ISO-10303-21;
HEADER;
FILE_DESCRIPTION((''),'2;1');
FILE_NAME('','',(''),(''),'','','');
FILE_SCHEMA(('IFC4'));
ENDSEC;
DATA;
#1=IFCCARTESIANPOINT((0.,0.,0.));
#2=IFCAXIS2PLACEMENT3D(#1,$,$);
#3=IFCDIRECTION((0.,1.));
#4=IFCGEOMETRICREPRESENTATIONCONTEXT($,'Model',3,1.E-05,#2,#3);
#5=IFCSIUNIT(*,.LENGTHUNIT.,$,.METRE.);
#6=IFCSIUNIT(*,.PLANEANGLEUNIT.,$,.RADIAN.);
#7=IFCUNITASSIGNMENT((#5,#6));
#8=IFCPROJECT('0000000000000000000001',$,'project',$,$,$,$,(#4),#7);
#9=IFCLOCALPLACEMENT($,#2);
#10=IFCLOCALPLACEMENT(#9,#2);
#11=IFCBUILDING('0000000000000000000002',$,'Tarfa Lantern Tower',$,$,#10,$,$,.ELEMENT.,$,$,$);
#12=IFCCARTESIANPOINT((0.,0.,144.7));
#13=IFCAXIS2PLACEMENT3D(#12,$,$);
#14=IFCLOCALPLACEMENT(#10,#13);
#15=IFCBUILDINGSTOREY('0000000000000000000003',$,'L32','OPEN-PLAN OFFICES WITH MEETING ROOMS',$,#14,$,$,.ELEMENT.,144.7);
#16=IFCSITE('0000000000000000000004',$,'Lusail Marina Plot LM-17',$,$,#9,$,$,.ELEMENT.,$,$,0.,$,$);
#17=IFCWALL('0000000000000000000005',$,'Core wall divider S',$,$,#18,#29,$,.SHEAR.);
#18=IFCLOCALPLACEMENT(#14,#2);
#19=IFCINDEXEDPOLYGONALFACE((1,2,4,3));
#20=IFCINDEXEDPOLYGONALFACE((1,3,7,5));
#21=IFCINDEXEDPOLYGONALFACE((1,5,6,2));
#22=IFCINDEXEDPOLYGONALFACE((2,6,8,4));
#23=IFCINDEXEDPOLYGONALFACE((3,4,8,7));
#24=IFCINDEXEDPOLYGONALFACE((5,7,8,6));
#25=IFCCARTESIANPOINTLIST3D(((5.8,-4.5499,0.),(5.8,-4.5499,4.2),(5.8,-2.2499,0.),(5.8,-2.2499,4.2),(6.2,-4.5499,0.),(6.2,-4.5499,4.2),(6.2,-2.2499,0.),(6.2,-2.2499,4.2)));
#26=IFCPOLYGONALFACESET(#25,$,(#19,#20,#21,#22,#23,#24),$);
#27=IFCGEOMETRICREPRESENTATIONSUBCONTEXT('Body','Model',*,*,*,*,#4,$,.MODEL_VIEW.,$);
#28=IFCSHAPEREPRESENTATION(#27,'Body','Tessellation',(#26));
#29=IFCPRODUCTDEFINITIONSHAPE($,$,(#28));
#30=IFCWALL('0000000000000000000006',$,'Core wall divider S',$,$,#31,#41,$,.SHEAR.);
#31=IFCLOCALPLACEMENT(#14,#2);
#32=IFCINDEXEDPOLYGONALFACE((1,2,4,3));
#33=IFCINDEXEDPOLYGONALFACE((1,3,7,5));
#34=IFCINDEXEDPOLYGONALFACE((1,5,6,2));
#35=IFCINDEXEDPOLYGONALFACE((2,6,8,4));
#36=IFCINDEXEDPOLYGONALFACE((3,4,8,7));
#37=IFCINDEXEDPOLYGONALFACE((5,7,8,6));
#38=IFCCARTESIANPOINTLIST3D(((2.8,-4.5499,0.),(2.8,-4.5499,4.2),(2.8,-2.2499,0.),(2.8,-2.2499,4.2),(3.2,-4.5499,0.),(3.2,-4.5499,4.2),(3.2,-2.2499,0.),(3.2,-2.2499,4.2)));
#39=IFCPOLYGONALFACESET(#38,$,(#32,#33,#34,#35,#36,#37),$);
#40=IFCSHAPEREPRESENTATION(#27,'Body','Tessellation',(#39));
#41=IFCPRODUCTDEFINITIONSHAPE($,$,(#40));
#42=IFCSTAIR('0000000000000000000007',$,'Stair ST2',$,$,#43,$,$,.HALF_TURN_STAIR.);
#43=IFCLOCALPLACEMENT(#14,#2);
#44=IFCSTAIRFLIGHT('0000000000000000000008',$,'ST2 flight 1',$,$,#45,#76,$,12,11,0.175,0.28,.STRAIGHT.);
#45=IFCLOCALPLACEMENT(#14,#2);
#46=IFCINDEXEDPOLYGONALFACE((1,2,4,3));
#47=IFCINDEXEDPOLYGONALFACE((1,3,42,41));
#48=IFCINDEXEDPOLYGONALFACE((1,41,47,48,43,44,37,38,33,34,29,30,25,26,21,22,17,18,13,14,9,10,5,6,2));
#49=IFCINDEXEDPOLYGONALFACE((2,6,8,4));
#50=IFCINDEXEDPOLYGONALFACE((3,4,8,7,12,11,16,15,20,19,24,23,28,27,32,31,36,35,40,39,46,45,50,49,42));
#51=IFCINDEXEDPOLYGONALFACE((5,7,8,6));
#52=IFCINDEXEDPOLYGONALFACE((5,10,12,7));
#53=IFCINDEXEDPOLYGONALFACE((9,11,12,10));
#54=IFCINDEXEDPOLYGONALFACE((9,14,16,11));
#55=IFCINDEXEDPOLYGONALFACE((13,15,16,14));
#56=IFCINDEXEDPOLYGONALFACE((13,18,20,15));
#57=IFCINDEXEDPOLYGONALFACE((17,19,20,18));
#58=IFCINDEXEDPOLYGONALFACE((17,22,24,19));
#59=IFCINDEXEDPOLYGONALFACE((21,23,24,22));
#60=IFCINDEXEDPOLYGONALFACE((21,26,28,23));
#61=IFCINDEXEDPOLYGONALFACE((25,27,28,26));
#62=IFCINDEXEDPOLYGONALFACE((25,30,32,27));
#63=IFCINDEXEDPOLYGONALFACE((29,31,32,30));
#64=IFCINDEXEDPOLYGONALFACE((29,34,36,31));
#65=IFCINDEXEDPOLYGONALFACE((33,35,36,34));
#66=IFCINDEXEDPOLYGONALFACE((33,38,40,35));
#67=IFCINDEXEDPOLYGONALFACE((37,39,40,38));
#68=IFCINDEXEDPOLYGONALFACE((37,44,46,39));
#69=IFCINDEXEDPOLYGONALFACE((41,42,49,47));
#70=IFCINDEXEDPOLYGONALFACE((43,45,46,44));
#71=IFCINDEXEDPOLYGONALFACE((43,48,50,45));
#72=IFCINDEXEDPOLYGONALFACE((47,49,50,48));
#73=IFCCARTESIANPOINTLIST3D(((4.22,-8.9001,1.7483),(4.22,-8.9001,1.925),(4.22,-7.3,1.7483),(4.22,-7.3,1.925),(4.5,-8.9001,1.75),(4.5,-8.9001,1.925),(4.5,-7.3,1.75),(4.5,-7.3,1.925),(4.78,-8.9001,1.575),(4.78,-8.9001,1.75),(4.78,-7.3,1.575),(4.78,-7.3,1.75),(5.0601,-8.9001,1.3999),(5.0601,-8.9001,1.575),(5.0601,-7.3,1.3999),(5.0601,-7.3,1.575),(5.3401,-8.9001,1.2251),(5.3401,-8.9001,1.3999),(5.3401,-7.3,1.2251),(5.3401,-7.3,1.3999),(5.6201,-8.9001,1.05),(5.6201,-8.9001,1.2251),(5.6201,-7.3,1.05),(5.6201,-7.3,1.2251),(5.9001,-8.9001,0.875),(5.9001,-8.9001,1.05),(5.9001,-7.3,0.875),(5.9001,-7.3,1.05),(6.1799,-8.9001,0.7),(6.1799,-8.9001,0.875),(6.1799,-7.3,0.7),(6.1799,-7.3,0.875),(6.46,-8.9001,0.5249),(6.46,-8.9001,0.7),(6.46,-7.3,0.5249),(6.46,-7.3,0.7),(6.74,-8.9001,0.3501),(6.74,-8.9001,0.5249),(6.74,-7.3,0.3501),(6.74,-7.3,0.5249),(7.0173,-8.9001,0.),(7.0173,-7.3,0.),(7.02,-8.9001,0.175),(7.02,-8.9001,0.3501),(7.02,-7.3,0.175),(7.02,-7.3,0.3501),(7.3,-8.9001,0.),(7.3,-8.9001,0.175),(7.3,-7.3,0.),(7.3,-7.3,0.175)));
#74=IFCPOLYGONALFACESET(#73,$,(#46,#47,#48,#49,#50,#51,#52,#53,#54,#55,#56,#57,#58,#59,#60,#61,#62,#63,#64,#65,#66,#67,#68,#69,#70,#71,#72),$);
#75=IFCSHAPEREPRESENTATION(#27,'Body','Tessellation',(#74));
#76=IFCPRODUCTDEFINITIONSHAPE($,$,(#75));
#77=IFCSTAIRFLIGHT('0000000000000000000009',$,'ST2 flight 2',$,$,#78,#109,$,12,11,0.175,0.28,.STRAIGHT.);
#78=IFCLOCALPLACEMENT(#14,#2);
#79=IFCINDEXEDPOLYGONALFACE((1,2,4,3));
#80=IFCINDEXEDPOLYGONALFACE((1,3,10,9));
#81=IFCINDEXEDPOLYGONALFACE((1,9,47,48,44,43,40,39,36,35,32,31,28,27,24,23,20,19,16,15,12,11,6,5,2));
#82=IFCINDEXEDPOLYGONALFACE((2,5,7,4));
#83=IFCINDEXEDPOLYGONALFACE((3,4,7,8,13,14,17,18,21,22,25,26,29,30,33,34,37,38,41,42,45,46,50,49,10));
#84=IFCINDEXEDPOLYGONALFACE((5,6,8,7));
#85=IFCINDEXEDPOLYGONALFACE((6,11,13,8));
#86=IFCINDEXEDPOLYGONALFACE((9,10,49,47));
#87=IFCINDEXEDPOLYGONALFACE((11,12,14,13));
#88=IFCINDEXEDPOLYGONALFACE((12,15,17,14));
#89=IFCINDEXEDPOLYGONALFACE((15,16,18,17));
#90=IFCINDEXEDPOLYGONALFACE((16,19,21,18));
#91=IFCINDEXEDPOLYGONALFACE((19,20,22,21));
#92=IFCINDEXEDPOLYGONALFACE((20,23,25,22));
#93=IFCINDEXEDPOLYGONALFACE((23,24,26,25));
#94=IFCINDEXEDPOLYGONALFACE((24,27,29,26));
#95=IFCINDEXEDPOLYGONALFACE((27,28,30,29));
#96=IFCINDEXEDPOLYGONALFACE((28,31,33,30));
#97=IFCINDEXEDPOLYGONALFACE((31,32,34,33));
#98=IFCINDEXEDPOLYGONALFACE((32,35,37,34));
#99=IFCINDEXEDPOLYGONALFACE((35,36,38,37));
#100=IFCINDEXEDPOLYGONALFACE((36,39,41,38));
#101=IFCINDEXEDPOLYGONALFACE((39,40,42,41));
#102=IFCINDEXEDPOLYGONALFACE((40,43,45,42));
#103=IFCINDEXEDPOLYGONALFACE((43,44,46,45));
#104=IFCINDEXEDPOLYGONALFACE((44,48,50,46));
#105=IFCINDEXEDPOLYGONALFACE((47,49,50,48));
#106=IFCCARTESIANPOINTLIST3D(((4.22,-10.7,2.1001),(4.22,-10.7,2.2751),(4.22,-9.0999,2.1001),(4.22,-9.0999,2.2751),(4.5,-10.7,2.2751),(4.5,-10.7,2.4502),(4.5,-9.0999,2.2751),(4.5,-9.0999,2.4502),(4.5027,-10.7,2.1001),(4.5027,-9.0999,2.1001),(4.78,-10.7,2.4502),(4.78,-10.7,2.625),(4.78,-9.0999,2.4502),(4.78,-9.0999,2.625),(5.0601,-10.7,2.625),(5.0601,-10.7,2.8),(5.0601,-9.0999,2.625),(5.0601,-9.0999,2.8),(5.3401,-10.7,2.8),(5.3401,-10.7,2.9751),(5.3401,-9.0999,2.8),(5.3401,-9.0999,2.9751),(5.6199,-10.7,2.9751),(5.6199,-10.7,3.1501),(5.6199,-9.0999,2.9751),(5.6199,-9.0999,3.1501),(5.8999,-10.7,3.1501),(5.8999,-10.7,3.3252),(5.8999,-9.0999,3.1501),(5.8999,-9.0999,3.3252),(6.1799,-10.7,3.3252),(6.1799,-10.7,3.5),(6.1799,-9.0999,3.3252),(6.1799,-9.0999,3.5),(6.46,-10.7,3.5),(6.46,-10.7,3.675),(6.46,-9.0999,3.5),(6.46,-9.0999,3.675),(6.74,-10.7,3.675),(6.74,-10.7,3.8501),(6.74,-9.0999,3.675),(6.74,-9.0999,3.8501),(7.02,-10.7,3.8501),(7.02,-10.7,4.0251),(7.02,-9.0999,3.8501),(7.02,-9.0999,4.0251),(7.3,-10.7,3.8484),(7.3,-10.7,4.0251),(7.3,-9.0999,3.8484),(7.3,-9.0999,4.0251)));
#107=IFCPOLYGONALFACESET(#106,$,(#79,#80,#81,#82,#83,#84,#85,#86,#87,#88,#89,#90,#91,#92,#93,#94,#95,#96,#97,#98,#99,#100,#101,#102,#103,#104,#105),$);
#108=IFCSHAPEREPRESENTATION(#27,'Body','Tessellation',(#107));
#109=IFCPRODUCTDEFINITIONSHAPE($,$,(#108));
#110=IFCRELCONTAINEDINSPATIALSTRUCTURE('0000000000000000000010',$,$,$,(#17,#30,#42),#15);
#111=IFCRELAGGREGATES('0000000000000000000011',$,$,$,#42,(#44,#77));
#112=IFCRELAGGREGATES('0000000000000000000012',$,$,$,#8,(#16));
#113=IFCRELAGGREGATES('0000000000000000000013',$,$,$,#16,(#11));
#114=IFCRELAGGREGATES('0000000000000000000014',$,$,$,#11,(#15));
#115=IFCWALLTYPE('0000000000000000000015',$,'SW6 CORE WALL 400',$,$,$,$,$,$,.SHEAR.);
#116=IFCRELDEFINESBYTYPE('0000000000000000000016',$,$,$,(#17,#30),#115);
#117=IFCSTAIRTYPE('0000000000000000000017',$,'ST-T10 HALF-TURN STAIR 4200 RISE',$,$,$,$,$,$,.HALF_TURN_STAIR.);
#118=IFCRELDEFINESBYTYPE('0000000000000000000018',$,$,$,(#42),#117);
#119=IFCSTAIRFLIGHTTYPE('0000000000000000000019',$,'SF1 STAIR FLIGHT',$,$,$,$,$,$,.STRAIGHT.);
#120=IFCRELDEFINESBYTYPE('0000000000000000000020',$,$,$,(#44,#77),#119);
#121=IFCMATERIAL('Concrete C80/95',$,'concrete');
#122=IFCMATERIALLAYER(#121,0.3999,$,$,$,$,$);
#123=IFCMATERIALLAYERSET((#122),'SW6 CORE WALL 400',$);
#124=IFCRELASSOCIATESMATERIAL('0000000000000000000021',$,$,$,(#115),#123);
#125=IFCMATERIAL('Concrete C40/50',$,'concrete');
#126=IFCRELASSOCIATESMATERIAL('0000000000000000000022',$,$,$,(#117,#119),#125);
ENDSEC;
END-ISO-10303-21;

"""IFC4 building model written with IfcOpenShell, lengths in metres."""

from ifc_helpers import new_model, si_unit, direction, frame, frame_2d, origin, place, context, subcontext, project, spatial, polyline, rectangle, outline, extrude, material, layer, layer_set, type_object, element, aggregate, save


model = new_model("IFC4")

# Units and contexts
model_context = context("Model", 3, precision=1e-05, world=origin(), true_north=direction((0.0, 1.0)))
body_context = subcontext(model_context, "Body", "Model", "MODEL_VIEW")
ifc_project = project(units=[si_unit("LENGTHUNIT", "METRE"), si_unit("PLANEANGLEUNIT", "RADIAN")], contexts=[model_context])

# Site, building, storey
site_placement = place(None, origin())
site = spatial("IfcSite", under=ifc_project, at=site_placement, Name="Lusail Marina Plot LM-17", CompositionType="ELEMENT", RefElevation=0.0)
building_placement = place(site_placement, origin())
building = spatial("IfcBuilding", under=site, at=building_placement, Name="Tarfa Lantern Tower", CompositionType="ELEMENT")
storey_placement = place(building_placement, frame((0.0, 0.0, 144.7)))
storey = spatial("IfcBuildingStorey", under=building, at=storey_placement, Name="L32", Description="OPEN-PLAN OFFICES WITH MEETING ROOMS", CompositionType="ELEMENT", Elevation=144.7)

# Shared definitions
ifc_material_1 = material(Name="Concrete C80/95", Category="concrete")

# Walls
ifc_layer_1 = layer(ifc_material_1, 0.3999)
ifc_layer_set_1 = layer_set([ifc_layer_1], Name="SW6 CORE WALL 400")
wall_type_1 = type_object("IfcWallType", Name="SW6 CORE WALL 400", PredefinedType="SHEAR", material=ifc_layer_set_1)
for number, where, z_axis, x_axis, name in (
    (1, (6.0, -2.25, 0.0), (0.0, 0.0, 1.0), (0.0, -1.0, 0.0), "Core wall divider S"),
    (2, (3.0, -2.25, 0.0), (0.0, 0.0, 1.0), (0.0, -1.0, 0.0), "Core wall divider S"),
):
    element("IfcWall", number, at=place(storey_placement, frame(where, z_axis=z_axis, x_axis=x_axis)), inside=storey, type_object=wall_type_1, Name=name, PredefinedType="SHEAR", context=body_context, shape_type="SweptSolid", body=[
        extrude(rectangle(XDim=2.3, YDim=0.3999, at=frame_2d((1.1499, 0.0))), origin(), (0.0, 0.0, 1.0), 4.2),
    ])

# Stair, stair flights
ifc_material_2 = material(Name="Concrete C40/50", Category="concrete")
stair_type = type_object("IfcStairType", Name="ST-T10 HALF-TURN STAIR 4200 RISE", PredefinedType="HALF_TURN_STAIR", material=ifc_material_2)
stair_placement = place(storey_placement, origin())
stair = element("IfcStair", 3, at=stair_placement, inside=storey, type_object=stair_type, Name="Stair ST2", PredefinedType="HALF_TURN_STAIR")
stair_flight_type = type_object("IfcStairFlightType", Name="SF1 STAIR FLIGHT", PredefinedType="STRAIGHT", material=ifc_material_2)
stair_flight_1_placement = place(storey_placement, frame((7.3, -8.1001, 0.0), z_axis=(0.0, 0.0, 1.0), x_axis=(-1.0, 0.0, 0.0)))
stair_flight_1 = element("IfcStairFlight", 4, at=stair_flight_1_placement, type_object=stair_flight_type, Name="ST2 flight 1", NumberOfRisers=12, NumberOfTreads=11, PredefinedType="STRAIGHT", RiserHeight=0.175, TreadLength=0.28, context=body_context, shape_type="SweptSolid", body=[
    extrude(outline(polyline([(0.0, 0.0), (0.0, 0.175), (0.28, 0.175), (0.28, 0.3501), (0.5601, 0.3501), (0.5601, 0.5249), (0.8401, 0.5249), (0.8401, 0.7), (1.1201, 0.7), (1.1201, 0.875), (1.3999, 0.875), (1.3999, 1.05), (1.6799, 1.05), (1.6799, 1.2251), (1.96, 1.2251), (1.96, 1.3999), (2.24, 1.3999), (2.24, 1.575), (2.52, 1.575), (2.52, 1.75), (2.8, 1.75), (2.8, 1.925), (3.0801, 1.925), (3.0801, 2.1001), (3.0801, 1.7483), (0.2827, 0.0), (0.0, 0.0)])), frame((0.0, 0.8, 0.0), z_axis=(0.0, -1.0, 0.0), x_axis=(1.0, 0.0, 0.0)), (0.0, 0.0, 1.0), 1.6001),
])
stair_flight_2_placement = place(storey_placement, frame((4.22, -9.8999, 2.1001), z_axis=(0.0, 0.0, 1.0), x_axis=(1.0, 0.0, 0.0)))
stair_flight_2 = element("IfcStairFlight", 5, at=stair_flight_2_placement, type_object=stair_flight_type, Name="ST2 flight 2", NumberOfRisers=12, NumberOfTreads=11, PredefinedType="STRAIGHT", RiserHeight=0.175, TreadLength=0.28, context=body_context, shape_type="SweptSolid", body=[
    extrude(outline(polyline([(0.0, 0.0), (0.0, 0.175), (0.28, 0.175), (0.28, 0.3501), (0.5601, 0.3501), (0.5601, 0.5249), (0.8401, 0.5249), (0.8401, 0.7), (1.1201, 0.7), (1.1201, 0.875), (1.3999, 0.875), (1.3999, 1.05), (1.6799, 1.05), (1.6799, 1.2251), (1.96, 1.2251), (1.96, 1.3999), (2.24, 1.3999), (2.24, 1.575), (2.52, 1.575), (2.52, 1.75), (2.8, 1.75), (2.8, 1.925), (3.0801, 1.925), (3.0801, 2.1001), (3.0801, 1.7483), (0.2827, 0.0), (0.0, 0.0)])), frame((0.0, 0.8, 0.0), z_axis=(0.0, -1.0, 0.0), x_axis=(1.0, 0.0, 0.0)), (0.0, 0.0, 1.0), 1.6001),
])
aggregate(stair, [stair_flight_1, stair_flight_2])

save(model, "model.ifc")
